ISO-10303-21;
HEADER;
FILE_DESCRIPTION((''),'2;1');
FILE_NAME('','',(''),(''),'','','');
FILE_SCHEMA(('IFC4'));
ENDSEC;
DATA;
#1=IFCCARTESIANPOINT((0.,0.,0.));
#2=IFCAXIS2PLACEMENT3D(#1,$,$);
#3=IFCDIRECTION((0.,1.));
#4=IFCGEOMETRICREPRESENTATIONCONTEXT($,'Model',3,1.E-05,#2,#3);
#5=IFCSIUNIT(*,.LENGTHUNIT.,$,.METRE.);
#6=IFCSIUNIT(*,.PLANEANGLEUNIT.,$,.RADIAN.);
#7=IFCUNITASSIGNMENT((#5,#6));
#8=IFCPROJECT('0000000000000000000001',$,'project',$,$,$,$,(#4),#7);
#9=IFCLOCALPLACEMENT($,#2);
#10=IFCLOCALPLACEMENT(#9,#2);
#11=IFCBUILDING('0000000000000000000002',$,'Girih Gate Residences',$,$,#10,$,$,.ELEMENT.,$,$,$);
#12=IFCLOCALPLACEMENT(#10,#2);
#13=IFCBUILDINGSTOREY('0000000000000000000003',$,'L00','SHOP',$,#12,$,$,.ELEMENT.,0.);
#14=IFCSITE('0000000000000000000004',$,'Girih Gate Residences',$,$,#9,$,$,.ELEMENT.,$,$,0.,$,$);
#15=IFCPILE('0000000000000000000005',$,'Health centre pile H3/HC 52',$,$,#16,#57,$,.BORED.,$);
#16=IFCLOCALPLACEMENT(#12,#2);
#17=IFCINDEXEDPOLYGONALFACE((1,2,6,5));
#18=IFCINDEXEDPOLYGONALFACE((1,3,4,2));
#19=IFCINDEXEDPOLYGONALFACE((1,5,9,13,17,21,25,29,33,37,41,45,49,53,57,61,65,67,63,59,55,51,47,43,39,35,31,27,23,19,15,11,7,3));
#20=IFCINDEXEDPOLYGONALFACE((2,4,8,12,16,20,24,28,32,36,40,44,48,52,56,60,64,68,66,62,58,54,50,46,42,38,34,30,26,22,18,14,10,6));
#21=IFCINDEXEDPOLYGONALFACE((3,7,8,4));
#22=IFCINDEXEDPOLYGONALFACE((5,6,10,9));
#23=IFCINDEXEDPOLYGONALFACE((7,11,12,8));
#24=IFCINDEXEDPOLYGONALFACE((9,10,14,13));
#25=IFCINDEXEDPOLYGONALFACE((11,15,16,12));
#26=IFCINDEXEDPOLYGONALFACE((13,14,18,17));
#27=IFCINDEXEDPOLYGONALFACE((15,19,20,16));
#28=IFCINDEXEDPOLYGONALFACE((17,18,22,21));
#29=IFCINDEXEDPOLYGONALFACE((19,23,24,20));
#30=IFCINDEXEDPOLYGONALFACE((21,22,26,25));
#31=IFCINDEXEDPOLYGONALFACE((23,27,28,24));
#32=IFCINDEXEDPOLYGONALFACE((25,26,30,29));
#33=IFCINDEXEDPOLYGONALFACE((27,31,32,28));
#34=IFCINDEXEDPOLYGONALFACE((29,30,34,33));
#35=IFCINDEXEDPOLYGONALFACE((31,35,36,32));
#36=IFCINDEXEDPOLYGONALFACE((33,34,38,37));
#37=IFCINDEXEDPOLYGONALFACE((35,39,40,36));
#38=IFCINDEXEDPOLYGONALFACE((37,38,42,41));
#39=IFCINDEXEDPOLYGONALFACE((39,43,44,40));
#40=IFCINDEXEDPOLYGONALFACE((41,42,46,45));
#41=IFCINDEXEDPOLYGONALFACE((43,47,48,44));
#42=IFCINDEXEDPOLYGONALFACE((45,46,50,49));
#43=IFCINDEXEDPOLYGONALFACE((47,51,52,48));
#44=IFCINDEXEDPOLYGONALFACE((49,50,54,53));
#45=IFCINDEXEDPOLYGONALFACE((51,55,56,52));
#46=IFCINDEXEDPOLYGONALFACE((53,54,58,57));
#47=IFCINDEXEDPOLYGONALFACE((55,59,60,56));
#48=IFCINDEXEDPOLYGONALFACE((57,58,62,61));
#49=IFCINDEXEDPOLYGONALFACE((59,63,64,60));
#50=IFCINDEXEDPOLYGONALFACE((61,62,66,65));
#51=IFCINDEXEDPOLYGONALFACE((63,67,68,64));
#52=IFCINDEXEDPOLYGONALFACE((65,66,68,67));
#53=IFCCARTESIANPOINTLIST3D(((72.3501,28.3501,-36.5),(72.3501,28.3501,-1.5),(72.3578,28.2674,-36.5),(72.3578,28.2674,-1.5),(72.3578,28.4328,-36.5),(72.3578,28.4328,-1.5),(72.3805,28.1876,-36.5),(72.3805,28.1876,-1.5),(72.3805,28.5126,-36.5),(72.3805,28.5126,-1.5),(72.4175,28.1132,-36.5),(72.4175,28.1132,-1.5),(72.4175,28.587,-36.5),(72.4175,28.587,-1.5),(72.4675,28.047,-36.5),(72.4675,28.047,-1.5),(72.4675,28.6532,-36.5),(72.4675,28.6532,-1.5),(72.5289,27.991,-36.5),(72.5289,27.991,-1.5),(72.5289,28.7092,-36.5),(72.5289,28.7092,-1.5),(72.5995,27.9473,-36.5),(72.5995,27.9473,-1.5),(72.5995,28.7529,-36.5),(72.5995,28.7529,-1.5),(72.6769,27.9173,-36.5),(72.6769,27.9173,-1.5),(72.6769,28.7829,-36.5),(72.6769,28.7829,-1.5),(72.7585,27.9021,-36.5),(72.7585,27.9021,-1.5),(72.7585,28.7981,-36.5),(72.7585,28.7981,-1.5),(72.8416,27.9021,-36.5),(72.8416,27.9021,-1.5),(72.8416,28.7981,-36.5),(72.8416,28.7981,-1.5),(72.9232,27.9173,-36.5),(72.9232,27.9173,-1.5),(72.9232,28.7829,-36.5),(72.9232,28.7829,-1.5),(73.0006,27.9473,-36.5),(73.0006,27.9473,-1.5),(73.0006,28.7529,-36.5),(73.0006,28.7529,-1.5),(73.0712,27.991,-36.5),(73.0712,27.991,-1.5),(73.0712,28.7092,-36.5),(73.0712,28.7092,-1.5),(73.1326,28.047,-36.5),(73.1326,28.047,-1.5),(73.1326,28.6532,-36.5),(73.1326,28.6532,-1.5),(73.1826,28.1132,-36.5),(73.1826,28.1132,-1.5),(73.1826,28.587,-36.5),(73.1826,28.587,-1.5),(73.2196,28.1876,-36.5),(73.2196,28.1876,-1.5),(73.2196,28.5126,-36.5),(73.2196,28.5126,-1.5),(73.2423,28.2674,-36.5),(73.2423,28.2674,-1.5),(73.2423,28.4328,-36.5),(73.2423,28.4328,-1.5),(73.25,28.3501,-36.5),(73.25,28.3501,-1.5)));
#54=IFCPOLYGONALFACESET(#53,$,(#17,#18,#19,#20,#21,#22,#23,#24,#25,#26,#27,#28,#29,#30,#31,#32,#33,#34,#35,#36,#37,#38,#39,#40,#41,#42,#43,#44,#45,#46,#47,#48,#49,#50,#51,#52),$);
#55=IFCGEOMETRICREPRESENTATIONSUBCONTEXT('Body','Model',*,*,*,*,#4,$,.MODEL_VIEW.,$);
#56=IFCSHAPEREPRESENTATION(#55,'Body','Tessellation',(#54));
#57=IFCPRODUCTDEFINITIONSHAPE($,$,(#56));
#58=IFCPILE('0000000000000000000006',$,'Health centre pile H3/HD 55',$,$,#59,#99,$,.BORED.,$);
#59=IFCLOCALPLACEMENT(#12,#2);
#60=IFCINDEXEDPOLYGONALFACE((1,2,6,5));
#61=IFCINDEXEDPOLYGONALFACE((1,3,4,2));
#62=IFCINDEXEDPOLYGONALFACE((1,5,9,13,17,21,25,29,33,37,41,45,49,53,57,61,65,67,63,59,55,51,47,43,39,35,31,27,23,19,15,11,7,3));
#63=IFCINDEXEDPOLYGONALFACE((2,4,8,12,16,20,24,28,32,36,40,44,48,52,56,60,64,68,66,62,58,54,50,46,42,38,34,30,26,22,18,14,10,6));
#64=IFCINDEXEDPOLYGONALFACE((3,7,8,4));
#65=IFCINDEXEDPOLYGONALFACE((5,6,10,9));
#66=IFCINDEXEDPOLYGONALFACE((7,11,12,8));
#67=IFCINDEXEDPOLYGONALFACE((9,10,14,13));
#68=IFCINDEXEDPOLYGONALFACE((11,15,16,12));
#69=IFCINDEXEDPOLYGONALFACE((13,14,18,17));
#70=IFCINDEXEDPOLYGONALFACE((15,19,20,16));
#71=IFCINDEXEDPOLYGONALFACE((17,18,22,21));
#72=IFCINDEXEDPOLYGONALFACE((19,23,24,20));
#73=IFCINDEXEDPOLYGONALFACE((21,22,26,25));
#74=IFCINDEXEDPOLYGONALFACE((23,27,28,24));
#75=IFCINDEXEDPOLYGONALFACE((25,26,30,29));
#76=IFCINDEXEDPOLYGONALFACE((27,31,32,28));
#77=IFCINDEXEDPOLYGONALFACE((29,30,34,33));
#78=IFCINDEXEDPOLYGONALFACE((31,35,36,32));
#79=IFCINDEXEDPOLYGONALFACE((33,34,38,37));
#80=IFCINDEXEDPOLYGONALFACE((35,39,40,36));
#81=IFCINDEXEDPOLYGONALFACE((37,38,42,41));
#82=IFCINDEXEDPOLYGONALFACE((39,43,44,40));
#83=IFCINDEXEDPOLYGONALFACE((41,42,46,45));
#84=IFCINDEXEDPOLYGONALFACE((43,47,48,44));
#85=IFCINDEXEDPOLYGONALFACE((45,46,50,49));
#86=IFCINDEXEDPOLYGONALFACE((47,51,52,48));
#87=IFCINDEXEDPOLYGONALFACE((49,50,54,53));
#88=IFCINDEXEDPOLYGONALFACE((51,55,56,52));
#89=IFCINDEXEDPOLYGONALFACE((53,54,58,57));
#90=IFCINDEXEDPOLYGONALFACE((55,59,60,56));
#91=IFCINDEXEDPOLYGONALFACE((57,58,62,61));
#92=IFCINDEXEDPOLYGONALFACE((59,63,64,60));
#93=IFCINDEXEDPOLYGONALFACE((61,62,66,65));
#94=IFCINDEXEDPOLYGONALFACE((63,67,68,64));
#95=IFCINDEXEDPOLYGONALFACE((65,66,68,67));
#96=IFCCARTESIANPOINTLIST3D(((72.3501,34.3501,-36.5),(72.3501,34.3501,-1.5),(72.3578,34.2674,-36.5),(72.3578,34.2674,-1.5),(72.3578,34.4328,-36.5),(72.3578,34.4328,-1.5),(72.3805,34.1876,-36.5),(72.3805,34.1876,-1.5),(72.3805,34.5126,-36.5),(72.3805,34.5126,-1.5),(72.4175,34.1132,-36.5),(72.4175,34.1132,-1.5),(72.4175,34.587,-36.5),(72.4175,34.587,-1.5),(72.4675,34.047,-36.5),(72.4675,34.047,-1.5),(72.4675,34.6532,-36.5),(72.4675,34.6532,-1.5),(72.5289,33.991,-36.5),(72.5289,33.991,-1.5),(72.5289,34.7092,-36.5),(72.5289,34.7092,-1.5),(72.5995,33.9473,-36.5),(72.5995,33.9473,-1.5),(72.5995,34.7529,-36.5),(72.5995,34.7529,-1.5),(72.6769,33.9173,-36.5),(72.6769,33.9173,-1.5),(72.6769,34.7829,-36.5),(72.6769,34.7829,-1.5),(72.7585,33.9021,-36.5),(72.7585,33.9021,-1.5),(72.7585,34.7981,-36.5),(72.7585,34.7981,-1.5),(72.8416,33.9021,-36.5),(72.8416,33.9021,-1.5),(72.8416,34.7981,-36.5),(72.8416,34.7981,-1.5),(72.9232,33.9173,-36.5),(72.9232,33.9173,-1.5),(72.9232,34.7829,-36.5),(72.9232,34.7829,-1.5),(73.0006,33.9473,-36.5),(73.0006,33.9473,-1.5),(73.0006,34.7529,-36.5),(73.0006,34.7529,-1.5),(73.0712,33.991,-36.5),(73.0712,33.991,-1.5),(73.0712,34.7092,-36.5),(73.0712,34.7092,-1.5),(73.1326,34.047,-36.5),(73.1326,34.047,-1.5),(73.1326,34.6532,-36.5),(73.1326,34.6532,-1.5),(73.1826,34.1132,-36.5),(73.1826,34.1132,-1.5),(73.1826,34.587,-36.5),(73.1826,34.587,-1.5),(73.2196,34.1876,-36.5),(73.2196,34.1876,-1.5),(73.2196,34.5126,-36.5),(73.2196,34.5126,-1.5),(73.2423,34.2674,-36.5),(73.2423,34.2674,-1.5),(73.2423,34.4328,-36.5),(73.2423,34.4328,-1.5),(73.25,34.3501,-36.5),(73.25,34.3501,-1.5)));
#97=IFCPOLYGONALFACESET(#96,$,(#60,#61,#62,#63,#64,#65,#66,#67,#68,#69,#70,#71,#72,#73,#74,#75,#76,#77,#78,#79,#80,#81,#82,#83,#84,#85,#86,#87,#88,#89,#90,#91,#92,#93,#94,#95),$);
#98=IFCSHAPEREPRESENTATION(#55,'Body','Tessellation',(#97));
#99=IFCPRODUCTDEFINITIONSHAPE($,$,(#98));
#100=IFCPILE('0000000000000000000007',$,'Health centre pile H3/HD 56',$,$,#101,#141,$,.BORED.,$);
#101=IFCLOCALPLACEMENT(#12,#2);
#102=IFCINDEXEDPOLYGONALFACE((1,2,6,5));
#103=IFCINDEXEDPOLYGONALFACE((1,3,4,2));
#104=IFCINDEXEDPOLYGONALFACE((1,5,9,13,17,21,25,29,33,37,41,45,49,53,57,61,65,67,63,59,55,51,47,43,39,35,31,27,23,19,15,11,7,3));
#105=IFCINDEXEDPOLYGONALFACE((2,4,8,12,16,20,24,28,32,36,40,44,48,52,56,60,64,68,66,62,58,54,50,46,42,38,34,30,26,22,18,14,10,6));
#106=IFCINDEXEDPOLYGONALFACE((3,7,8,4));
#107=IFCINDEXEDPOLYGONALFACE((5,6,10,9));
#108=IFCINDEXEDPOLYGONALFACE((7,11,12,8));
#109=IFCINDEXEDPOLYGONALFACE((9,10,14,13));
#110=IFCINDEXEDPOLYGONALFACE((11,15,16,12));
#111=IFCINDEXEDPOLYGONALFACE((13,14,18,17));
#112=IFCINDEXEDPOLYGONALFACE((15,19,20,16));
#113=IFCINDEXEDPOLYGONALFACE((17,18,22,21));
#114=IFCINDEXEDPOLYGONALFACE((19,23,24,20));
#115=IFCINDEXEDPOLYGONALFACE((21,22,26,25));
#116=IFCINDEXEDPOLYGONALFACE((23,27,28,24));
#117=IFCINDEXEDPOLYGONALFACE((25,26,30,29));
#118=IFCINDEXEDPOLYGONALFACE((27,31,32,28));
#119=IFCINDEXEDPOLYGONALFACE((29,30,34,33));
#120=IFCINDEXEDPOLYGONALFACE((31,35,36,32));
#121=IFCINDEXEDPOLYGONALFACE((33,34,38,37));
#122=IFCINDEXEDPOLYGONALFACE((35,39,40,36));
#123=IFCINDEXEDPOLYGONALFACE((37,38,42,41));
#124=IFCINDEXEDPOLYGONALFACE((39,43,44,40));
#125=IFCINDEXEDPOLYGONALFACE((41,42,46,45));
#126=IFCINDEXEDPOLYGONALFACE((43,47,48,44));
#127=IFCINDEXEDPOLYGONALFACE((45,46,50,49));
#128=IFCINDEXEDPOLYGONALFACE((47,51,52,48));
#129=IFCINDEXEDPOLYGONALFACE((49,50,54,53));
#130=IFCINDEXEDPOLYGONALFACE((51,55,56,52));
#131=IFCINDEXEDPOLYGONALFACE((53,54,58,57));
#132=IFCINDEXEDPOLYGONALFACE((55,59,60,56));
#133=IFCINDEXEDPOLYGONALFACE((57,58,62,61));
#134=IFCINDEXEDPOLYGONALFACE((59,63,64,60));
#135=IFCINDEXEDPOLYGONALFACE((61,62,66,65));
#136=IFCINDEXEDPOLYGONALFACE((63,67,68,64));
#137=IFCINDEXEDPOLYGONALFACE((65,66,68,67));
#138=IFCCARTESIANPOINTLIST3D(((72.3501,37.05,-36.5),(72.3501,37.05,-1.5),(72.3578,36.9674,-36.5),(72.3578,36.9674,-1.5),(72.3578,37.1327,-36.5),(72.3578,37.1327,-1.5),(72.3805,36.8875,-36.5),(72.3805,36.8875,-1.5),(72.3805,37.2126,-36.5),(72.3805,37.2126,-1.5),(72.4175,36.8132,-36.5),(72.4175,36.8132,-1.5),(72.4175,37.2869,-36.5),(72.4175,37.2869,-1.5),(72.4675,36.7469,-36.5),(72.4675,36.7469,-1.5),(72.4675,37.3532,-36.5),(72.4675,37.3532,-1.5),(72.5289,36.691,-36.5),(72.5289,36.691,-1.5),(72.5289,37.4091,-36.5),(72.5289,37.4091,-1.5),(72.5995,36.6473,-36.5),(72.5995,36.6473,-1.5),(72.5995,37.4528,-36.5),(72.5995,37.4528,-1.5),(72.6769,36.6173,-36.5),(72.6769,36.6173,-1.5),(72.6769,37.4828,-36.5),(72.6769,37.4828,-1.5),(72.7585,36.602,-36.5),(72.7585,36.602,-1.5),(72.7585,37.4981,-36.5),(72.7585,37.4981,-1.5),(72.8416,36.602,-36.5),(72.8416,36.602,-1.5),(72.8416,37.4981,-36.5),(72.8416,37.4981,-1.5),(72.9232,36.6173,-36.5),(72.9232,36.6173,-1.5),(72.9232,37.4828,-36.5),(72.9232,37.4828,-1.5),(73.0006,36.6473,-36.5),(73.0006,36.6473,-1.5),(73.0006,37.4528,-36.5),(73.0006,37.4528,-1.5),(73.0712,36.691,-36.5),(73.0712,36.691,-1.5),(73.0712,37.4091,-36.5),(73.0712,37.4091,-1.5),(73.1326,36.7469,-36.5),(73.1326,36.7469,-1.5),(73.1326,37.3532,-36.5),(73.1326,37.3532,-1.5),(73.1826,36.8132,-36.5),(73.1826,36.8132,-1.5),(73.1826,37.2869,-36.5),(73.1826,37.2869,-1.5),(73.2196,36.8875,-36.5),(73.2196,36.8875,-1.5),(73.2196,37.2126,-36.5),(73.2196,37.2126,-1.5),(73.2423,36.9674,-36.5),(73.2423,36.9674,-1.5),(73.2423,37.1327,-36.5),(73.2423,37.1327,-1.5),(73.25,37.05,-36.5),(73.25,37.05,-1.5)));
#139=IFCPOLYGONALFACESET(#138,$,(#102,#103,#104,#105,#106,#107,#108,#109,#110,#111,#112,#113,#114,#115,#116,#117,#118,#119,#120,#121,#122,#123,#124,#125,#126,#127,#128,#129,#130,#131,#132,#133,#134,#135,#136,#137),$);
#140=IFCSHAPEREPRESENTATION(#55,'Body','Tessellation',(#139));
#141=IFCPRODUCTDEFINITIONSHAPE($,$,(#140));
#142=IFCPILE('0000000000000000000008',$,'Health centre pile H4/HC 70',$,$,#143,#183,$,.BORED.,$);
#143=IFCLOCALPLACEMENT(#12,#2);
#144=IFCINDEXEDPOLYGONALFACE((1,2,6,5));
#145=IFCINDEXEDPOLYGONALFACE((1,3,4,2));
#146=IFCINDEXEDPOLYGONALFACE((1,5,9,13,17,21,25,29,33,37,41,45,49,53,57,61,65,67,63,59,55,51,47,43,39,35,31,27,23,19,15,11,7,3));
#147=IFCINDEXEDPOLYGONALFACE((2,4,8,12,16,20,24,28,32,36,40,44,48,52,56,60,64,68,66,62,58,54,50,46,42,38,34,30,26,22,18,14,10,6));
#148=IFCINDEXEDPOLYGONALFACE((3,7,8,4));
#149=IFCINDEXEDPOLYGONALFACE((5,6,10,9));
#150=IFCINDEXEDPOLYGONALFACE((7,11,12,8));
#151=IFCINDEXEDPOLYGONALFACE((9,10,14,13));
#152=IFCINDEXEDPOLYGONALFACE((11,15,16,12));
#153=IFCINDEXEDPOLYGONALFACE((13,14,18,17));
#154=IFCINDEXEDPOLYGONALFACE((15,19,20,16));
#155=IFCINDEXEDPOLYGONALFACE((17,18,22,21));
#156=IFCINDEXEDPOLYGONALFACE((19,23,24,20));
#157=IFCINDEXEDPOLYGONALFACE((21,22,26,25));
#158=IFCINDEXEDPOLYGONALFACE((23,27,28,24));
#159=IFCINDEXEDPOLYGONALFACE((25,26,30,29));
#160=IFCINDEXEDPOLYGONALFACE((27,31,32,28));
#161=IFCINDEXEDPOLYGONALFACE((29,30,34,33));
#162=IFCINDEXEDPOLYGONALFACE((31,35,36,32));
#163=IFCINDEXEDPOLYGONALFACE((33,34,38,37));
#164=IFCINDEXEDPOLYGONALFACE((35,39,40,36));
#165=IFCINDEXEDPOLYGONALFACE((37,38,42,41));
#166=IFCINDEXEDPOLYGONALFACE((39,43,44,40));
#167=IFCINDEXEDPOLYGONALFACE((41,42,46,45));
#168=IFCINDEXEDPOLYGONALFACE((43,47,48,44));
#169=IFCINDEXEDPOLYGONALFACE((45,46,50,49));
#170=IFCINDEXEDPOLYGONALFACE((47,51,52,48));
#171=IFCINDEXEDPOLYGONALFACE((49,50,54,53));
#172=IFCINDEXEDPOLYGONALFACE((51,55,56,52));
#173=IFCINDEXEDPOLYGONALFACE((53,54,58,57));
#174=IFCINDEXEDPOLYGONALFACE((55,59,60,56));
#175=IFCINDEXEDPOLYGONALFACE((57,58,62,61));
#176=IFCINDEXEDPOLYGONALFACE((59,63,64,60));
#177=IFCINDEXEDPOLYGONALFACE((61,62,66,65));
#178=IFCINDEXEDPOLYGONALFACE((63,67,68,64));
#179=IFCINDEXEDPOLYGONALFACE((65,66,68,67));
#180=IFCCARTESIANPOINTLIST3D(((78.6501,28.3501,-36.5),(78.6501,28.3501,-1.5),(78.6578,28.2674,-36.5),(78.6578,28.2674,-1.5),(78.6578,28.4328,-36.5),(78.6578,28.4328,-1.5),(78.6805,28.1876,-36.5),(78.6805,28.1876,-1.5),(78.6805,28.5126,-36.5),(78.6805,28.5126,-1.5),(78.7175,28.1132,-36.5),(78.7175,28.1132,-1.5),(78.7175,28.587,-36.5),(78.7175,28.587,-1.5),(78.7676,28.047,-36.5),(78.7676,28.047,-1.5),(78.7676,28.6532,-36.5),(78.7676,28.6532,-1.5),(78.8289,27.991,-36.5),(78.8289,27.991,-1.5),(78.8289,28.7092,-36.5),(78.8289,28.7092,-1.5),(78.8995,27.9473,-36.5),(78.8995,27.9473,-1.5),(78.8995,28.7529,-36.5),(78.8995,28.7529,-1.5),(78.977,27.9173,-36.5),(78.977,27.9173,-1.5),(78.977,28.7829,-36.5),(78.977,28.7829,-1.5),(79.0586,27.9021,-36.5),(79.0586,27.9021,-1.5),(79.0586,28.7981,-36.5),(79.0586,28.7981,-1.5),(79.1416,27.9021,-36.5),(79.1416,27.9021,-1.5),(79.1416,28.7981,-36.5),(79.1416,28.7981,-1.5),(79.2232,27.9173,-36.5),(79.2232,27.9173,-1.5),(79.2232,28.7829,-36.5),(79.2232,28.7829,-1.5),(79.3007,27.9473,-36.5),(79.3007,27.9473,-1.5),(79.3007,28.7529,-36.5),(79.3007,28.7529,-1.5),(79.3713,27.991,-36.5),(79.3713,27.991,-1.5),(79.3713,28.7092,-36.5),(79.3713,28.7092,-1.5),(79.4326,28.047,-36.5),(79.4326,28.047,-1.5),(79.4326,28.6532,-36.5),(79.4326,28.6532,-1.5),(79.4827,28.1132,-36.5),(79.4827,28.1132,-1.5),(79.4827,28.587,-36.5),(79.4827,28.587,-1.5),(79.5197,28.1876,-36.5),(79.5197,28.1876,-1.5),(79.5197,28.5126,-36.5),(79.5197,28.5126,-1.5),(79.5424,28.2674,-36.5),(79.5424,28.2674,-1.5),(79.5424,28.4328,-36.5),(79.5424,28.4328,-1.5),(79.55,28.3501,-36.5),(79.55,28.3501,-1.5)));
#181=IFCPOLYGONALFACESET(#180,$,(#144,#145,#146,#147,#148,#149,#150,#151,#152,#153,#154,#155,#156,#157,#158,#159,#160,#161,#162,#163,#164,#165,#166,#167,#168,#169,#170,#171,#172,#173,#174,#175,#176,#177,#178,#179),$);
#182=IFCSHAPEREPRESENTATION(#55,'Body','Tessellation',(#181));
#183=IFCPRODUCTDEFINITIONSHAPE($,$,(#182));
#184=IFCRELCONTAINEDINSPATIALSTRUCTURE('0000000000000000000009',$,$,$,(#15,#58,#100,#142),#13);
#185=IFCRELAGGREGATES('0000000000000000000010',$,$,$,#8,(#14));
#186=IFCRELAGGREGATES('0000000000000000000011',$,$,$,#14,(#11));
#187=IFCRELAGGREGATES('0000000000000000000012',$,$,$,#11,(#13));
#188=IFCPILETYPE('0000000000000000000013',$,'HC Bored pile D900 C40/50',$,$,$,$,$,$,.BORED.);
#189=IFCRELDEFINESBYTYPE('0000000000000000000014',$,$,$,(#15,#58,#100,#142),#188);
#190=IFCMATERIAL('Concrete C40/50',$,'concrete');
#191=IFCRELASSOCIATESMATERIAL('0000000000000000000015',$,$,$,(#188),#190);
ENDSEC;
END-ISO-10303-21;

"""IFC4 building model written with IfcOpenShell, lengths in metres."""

from ifc_helpers import new_model, si_unit, direction, frame, origin, origin_2d, place, context, subcontext, project, spatial, circle, extrude, material, material_profile, profile_set, type_object, element, save


model = new_model("IFC4")

# Units and contexts
model_context = context("Model", 3, precision=1e-05, world=origin(), true_north=direction((0.0, 1.0)))
body_context = subcontext(model_context, "Body", "Model", "MODEL_VIEW")
ifc_project = project(units=[si_unit("LENGTHUNIT", "METRE"), si_unit("PLANEANGLEUNIT", "RADIAN")], contexts=[model_context])

# Site, building, storey
site_placement = place(None, origin())
site = spatial("IfcSite", under=ifc_project, at=site_placement, Name="Girih Gate Residences", CompositionType="ELEMENT", RefElevation=0.0)
building_placement = place(site_placement, origin())
building = spatial("IfcBuilding", under=site, at=building_placement, Name="Girih Gate Residences", CompositionType="ELEMENT")
storey_placement = place(building_placement, origin())
storey = spatial("IfcBuildingStorey", under=building, at=storey_placement, Name="L00", Description="SHOP", CompositionType="ELEMENT", Elevation=0.0)

# Piles
ifc_material_1 = material(Name="Concrete C40/50", Category="concrete")
ifc_material_profile_1 = material_profile(ifc_material_1, circle(Radius=0.45, at=origin_2d()))
ifc_profile_set_1 = profile_set([ifc_material_profile_1], Name="Concrete C40/50")
pile_type = type_object("IfcPileType", Name="HC Bored pile D900 C40/50", PredefinedType="BORED", material=ifc_profile_set_1)
for number, where, z_axis, x_axis, name in (
    (1, (72.8, 28.3501, -1.5), (0.0, 0.0, -1.0), (1.0, 0.0, 0.0), "Health centre pile H3/HC 52"),
    (2, (72.8, 34.3501, -1.5), (0.0, 0.0, -1.0), (1.0, 0.0, 0.0), "Health centre pile H3/HD 55"),
    (3, (72.8, 37.05, -1.5), (0.0, 0.0, -1.0), (1.0, 0.0, 0.0), "Health centre pile H3/HD 56"),
    (4, (79.1001, 28.3501, -1.5), (0.0, 0.0, -1.0), (1.0, 0.0, 0.0), "Health centre pile H4/HC 70"),
):
    element("IfcPile", number, at=place(storey_placement, frame(where, z_axis=z_axis, x_axis=x_axis)), inside=storey, type_object=pile_type, Name=name, PredefinedType="BORED", context=body_context, shape_type="SweptSolid", body=[
        extrude(circle(Radius=0.45, at=origin_2d()), origin(), (0.0, 0.0, 1.0), 35.0),
    ])

save(model, "model.ifc")
